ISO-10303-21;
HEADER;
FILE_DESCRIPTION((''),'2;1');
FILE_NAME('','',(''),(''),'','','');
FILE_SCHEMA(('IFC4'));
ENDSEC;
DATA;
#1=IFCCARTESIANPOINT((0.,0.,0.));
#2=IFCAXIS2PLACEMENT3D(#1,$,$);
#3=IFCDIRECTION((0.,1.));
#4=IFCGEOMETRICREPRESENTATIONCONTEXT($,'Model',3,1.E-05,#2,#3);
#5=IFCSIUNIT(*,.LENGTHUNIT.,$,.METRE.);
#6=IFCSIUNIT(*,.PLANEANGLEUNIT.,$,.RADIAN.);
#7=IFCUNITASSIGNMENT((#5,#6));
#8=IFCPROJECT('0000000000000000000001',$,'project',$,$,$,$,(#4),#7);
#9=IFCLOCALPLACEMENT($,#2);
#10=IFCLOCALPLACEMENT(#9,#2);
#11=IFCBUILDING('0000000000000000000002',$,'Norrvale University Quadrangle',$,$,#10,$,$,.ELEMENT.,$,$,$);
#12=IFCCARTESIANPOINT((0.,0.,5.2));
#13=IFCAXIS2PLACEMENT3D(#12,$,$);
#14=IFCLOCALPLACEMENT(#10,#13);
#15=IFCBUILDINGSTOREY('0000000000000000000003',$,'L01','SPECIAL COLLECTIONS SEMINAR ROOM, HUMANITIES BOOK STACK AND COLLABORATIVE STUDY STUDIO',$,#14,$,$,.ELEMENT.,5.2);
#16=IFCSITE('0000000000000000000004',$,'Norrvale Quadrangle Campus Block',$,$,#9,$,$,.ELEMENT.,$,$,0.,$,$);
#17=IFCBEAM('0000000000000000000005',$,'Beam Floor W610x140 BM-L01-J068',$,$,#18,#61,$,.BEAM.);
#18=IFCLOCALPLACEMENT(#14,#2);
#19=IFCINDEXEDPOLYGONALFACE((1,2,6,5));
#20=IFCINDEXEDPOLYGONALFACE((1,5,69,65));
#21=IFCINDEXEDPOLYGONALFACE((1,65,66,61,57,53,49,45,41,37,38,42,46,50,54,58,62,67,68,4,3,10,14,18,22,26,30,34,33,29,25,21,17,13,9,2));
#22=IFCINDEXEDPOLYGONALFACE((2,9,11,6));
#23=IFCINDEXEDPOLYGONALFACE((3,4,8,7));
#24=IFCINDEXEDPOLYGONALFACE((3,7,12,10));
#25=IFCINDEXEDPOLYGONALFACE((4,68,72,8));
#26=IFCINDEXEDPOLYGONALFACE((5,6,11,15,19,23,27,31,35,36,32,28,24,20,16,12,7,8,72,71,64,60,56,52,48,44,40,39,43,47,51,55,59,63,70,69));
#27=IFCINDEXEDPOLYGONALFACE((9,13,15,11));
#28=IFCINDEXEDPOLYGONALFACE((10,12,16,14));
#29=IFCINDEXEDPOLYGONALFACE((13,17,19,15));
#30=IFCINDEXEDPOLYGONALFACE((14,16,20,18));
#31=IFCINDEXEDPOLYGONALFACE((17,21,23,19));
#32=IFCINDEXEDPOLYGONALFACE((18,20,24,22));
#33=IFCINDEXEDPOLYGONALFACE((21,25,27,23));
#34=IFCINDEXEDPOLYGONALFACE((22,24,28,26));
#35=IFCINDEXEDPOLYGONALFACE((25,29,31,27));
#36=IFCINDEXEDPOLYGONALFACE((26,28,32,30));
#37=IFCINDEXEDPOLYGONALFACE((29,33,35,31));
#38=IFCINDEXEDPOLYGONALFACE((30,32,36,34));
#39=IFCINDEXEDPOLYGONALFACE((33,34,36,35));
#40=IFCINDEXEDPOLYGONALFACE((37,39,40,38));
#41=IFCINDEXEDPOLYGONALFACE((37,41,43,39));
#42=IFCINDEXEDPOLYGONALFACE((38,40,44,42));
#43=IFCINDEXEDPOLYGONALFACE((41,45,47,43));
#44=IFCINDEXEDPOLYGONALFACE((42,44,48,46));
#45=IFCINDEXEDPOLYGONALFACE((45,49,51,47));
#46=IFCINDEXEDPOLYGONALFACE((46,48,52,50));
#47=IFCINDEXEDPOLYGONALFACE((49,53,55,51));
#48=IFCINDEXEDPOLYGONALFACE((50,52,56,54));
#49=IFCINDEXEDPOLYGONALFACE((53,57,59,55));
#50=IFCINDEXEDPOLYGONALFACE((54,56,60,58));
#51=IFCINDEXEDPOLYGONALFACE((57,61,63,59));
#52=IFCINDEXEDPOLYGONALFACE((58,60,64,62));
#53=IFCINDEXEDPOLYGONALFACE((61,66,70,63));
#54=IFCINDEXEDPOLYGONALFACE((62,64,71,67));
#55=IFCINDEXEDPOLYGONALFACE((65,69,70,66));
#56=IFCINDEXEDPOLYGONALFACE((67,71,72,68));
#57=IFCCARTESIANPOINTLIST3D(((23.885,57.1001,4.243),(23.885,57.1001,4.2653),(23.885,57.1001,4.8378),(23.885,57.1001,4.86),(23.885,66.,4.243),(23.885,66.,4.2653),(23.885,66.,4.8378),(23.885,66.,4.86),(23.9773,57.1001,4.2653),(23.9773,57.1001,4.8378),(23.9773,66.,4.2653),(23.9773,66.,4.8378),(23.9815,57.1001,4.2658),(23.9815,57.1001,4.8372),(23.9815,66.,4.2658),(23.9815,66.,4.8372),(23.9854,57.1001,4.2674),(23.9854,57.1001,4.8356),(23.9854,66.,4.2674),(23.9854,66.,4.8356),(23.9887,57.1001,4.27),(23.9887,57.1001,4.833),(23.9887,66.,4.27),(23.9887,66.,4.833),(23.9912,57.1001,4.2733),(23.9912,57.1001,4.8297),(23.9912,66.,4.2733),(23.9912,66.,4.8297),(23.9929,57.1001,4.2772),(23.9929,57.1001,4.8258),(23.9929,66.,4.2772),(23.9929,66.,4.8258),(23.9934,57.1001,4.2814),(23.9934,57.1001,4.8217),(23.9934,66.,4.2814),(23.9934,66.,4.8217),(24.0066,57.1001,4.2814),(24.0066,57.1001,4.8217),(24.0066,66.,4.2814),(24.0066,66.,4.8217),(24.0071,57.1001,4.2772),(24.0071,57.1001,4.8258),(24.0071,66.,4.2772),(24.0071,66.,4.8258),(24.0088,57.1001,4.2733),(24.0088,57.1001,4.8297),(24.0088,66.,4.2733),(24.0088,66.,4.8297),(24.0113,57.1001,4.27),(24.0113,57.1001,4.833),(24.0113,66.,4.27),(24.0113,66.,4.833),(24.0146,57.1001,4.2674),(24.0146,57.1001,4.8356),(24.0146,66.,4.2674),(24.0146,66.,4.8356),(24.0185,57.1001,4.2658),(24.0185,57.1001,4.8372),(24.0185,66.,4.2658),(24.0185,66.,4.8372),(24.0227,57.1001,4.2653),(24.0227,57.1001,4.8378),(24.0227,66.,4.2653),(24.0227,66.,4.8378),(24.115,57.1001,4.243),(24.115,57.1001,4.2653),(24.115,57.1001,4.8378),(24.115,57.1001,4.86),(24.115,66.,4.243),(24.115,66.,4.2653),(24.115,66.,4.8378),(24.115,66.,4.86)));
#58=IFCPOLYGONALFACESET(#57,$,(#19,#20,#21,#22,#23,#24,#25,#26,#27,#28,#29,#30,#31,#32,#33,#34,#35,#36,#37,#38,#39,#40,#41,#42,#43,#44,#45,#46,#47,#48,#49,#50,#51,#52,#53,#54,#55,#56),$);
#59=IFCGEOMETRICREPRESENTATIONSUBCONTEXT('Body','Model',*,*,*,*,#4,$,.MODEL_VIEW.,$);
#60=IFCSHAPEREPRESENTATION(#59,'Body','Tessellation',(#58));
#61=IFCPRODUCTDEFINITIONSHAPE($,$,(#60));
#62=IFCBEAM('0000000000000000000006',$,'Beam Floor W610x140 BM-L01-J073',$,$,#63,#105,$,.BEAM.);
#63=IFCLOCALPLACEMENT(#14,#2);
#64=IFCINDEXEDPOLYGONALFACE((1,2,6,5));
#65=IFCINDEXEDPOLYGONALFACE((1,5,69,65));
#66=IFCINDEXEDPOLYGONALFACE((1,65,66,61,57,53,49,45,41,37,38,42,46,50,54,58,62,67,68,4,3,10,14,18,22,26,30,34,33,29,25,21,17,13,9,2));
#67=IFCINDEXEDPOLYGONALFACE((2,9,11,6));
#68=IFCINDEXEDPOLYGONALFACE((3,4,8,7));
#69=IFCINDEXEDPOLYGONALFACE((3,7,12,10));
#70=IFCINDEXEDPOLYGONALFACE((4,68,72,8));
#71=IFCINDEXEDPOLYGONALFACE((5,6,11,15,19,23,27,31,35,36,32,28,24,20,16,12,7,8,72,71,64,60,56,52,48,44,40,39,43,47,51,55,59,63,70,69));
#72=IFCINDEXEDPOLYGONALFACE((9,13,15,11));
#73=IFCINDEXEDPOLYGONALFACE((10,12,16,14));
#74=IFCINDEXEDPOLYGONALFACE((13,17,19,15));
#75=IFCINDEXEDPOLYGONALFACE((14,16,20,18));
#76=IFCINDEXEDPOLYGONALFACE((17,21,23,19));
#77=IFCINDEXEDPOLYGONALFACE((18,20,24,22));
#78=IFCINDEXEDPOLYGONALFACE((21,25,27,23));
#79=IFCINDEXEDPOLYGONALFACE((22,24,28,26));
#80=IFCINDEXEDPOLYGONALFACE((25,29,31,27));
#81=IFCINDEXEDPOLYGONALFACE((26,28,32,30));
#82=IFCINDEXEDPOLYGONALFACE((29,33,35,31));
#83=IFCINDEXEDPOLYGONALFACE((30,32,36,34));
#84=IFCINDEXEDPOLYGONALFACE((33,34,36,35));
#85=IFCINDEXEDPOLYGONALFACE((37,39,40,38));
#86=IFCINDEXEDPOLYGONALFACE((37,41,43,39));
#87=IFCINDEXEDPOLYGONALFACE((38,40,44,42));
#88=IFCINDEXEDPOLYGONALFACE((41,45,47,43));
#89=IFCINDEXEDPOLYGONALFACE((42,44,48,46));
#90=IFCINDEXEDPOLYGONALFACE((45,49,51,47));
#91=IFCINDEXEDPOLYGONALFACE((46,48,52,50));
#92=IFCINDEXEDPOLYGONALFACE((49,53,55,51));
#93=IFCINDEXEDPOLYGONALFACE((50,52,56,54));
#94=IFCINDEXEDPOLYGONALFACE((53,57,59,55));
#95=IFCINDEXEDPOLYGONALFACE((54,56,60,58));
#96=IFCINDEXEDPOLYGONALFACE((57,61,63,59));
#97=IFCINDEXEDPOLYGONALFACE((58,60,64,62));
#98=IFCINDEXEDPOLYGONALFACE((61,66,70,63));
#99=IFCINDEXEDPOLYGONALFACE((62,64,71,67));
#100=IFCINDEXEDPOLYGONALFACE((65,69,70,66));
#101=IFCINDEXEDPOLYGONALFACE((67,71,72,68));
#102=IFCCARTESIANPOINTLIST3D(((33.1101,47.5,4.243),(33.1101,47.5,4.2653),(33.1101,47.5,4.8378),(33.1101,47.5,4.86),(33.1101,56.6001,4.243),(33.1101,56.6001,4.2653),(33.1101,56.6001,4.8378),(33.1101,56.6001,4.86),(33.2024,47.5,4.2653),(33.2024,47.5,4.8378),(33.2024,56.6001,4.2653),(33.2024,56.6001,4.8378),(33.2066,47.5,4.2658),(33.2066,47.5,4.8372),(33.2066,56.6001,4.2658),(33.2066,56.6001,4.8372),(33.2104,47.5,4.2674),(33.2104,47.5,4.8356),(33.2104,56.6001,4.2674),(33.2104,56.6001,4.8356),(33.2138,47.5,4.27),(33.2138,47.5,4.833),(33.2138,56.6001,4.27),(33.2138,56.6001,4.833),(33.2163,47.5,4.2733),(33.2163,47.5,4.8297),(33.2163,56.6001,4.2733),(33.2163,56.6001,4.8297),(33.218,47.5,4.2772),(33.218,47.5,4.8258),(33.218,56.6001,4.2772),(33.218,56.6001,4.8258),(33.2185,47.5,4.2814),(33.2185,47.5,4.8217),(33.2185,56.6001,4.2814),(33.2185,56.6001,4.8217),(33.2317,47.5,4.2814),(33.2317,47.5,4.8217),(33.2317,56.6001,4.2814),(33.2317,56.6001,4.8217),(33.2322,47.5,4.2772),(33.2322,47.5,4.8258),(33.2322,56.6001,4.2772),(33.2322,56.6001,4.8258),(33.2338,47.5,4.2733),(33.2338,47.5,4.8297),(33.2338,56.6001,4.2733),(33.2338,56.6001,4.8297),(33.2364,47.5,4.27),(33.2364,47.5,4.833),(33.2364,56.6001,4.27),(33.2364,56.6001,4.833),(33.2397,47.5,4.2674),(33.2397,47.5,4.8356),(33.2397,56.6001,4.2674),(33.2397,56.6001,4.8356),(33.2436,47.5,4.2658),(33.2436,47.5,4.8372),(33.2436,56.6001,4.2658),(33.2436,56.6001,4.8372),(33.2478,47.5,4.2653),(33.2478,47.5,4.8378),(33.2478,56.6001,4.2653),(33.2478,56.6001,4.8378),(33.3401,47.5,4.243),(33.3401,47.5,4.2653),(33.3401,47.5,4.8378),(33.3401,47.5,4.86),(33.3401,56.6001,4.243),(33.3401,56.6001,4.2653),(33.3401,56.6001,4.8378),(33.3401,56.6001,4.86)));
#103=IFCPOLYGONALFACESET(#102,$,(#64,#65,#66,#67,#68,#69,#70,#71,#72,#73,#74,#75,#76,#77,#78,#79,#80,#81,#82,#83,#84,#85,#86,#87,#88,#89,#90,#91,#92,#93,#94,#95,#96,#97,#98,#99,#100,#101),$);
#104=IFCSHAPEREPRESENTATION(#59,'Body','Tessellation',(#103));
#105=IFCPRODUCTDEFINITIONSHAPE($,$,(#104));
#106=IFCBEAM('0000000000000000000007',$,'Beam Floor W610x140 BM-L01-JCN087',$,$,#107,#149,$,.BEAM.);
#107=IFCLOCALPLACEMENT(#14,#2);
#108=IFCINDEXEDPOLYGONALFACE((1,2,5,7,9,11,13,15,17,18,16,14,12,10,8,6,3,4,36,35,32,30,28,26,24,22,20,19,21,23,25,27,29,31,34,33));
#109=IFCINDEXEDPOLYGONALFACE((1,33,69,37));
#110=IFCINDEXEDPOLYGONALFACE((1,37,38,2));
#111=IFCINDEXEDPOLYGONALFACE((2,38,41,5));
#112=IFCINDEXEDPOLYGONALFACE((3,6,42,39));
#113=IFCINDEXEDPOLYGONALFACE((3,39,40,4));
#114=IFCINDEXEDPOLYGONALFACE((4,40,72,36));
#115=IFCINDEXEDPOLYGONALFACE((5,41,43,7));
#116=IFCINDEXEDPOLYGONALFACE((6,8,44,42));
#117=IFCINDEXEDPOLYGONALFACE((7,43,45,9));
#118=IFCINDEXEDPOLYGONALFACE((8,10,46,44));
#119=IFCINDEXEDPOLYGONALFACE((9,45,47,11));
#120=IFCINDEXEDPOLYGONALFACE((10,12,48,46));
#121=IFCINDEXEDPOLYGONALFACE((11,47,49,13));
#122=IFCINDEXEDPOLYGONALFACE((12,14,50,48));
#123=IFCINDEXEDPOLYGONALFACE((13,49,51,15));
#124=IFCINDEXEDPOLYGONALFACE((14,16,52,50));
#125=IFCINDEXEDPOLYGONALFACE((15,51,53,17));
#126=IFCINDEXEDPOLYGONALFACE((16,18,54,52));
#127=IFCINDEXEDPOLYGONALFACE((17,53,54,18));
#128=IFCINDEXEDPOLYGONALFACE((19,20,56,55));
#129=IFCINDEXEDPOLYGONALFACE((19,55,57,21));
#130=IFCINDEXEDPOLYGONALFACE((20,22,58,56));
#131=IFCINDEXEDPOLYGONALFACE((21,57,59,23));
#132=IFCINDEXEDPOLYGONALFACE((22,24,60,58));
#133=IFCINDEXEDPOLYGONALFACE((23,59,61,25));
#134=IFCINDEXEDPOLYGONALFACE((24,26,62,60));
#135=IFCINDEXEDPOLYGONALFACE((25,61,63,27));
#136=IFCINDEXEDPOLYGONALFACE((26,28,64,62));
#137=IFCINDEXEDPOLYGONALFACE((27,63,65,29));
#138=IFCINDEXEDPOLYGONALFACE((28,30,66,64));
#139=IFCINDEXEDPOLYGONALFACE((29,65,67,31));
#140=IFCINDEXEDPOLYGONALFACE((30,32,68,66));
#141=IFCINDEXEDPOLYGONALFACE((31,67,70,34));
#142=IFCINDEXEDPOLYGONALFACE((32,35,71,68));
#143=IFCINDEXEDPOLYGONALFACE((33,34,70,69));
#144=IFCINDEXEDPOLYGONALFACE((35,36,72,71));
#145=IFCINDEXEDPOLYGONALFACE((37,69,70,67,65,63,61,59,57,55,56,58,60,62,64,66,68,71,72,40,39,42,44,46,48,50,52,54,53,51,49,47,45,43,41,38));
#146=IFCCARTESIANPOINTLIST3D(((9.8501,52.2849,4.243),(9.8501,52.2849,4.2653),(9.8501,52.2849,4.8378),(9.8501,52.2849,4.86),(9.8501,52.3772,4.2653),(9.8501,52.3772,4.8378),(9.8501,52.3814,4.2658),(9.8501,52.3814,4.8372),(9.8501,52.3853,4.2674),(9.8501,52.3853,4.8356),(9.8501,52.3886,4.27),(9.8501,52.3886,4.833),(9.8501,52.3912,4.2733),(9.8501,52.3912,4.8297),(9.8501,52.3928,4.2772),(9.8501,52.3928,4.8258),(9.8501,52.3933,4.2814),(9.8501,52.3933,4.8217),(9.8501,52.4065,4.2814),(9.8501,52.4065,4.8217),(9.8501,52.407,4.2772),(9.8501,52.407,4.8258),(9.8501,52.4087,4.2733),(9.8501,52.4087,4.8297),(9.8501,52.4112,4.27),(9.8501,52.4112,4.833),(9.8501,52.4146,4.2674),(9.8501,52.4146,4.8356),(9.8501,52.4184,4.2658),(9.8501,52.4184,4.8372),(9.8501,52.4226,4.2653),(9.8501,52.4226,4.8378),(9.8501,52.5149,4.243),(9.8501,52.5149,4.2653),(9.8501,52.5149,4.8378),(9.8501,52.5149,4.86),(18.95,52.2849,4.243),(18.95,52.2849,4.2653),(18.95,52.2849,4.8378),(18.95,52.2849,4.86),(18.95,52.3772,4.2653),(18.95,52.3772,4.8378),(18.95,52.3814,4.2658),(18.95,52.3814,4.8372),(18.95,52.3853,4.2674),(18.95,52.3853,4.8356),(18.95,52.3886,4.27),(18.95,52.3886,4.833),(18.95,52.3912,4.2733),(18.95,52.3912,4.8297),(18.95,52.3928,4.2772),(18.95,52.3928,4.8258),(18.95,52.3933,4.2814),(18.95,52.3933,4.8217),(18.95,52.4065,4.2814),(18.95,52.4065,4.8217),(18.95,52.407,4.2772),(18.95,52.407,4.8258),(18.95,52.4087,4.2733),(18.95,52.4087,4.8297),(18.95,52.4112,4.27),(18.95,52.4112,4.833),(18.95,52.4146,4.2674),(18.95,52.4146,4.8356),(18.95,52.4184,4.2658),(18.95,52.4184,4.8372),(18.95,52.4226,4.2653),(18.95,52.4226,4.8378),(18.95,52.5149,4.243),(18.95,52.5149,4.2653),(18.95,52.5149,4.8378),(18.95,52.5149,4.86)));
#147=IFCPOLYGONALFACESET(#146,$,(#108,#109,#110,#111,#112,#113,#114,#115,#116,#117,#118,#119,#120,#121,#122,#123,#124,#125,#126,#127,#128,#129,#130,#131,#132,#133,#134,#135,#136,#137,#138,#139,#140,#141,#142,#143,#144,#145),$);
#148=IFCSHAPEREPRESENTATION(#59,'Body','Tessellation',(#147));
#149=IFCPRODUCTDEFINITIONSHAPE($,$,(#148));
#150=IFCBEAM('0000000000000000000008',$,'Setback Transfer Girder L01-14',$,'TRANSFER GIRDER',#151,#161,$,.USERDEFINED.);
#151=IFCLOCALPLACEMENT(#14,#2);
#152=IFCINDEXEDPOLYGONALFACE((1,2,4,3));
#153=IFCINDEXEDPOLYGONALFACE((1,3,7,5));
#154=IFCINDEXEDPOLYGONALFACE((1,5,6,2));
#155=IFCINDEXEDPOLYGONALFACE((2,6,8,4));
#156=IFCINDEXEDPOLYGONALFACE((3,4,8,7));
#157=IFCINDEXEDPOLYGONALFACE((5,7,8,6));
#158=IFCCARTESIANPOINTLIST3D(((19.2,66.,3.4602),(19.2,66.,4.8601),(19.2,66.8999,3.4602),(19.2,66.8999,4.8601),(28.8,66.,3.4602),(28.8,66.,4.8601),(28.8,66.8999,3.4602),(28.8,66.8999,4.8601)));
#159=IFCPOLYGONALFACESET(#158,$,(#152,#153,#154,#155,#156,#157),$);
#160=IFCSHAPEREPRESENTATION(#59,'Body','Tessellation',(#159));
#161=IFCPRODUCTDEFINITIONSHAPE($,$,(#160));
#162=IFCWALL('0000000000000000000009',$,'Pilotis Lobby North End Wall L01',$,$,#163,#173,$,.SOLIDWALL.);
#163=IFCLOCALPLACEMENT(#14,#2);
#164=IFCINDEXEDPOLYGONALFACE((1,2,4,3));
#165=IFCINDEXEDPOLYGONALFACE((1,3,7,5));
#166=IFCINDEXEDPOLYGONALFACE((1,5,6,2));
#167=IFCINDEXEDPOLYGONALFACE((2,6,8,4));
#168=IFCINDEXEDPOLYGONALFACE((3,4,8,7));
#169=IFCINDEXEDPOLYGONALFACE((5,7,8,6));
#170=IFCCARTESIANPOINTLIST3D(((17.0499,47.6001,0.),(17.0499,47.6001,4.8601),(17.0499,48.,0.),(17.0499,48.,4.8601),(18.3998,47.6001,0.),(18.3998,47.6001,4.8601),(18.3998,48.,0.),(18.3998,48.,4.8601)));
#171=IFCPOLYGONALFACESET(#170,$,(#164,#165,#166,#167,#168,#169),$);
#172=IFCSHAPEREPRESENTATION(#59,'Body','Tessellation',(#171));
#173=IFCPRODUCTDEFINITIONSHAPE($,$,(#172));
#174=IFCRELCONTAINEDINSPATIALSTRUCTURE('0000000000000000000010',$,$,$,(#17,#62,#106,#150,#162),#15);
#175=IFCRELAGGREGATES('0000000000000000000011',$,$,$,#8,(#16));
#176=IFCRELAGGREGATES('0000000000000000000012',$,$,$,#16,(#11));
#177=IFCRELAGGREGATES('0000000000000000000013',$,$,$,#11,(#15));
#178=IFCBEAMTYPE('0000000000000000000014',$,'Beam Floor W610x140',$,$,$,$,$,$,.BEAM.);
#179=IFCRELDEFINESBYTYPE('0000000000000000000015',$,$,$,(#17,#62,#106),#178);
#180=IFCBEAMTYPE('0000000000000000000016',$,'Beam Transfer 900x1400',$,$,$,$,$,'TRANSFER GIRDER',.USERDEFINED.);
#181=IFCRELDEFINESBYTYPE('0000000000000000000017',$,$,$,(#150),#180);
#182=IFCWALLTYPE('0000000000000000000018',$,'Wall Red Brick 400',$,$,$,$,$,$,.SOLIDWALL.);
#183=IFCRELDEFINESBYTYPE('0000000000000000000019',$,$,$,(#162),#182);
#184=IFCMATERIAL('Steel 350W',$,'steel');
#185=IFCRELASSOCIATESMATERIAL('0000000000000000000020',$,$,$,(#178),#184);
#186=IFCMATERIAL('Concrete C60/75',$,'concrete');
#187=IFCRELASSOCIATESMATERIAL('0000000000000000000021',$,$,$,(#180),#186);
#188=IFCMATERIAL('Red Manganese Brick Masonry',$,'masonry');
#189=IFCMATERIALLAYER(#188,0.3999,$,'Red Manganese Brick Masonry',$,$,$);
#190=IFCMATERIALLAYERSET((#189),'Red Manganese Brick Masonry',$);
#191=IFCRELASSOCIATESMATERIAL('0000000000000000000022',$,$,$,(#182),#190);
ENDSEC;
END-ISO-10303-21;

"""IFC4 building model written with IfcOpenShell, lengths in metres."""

from ifc_helpers import new_model, si_unit, direction, frame, frame_2d, origin, origin_2d, place, context, subcontext, project, spatial, rectangle, i_section, extrude, material, layer, layer_set, material_profile, profile_set, type_object, element, save


model = new_model("IFC4")

# Units and contexts
model_context = context("Model", 3, precision=1e-05, world=origin(), true_north=direction((0.0, 1.0)))
body_context = subcontext(model_context, "Body", "Model", "MODEL_VIEW")
ifc_project = project(units=[si_unit("LENGTHUNIT", "METRE"), si_unit("PLANEANGLEUNIT", "RADIAN")], contexts=[model_context])

# Site, building, storey
site_placement = place(None, origin())
site = spatial("IfcSite", under=ifc_project, at=site_placement, Name="Norrvale Quadrangle Campus Block", CompositionType="ELEMENT", RefElevation=0.0)
building_placement = place(site_placement, origin())
building = spatial("IfcBuilding", under=site, at=building_placement, Name="Norrvale University Quadrangle", CompositionType="ELEMENT")
storey_placement = place(building_placement, frame((0.0, 0.0, 5.2)))
storey = spatial("IfcBuildingStorey", under=building, at=storey_placement, Name="L01", Description="SPECIAL COLLECTIONS SEMINAR ROOM, HUMANITIES BOOK STACK AND COLLABORATIVE STUDY STUDIO", CompositionType="ELEMENT", Elevation=5.2)

# Beams
ifc_material_1 = material(Name="Concrete C60/75", Category="concrete")
ifc_material_2 = material(Name="Steel 350W", Category="steel")
ifc_material_profile_1 = material_profile(ifc_material_2, i_section(OverallWidth=0.23, OverallDepth=0.6169, WebThickness=0.0132, FlangeThickness=0.0222, FilletRadius=0.0161, at=origin_2d()), Name="Steel 350W")
ifc_profile_set_1 = profile_set([ifc_material_profile_1], Name="Steel 350W")
beam_type_1 = type_object("IfcBeamType", Name="Beam Floor W610x140", PredefinedType="BEAM", material=ifc_profile_set_1)
beam_1_placement = place(storey_placement, frame((24.0, 57.1001, 4.5515), z_axis=(0.0, 1.0, 0.0), x_axis=(-1.0, 0.0, 0.0)))
element("IfcBeam", 1, at=beam_1_placement, inside=storey, type_object=beam_type_1, Name="Beam Floor W610x140 BM-L01-J068", PredefinedType="BEAM", context=body_context, shape_type="SweptSolid", body=[
    extrude(i_section(OverallWidth=0.23, OverallDepth=0.6169, WebThickness=0.0132, FlangeThickness=0.0222, FilletRadius=0.0161, at=origin_2d()), origin(), (0.0, 0.0, 1.0), 8.8999),
])
beam_2_placement = place(storey_placement, frame((33.2251, 47.5, 4.5515), z_axis=(0.0, 1.0, 0.0), x_axis=(-1.0, 0.0, 0.0)))
element("IfcBeam", 2, at=beam_2_placement, inside=storey, type_object=beam_type_1, Name="Beam Floor W610x140 BM-L01-J073", PredefinedType="BEAM", context=body_context, shape_type="SweptSolid", body=[
    extrude(i_section(OverallWidth=0.23, OverallDepth=0.6169, WebThickness=0.0132, FlangeThickness=0.0222, FilletRadius=0.0161, at=origin_2d()), origin(), (0.0, 0.0, 1.0), 9.1001),
])
beam_3_placement = place(storey_placement, frame((9.8501, 52.3999, 4.5515), z_axis=(1.0, 0.0, 0.0), x_axis=(0.0, 1.0, 0.0)))
element("IfcBeam", 3, at=beam_3_placement, inside=storey, type_object=beam_type_1, Name="Beam Floor W610x140 BM-L01-JCN087", PredefinedType="BEAM", context=body_context, shape_type="SweptSolid", body=[
    extrude(i_section(OverallWidth=0.23, OverallDepth=0.6169, WebThickness=0.0132, FlangeThickness=0.0222, FilletRadius=0.0161, at=origin_2d()), origin(), (0.0, 0.0, 1.0), 9.0999),
])
ifc_material_profile_2 = material_profile(ifc_material_1, rectangle(XDim=0.8999, YDim=1.3999, at=origin_2d()), Name="Concrete C60/75")
ifc_profile_set_2 = profile_set([ifc_material_profile_2], Name="Concrete C60/75")
beam_type_2 = type_object("IfcBeamType", Name="Beam Transfer 900x1400", ElementType="TRANSFER GIRDER", PredefinedType="USERDEFINED", material=ifc_profile_set_2)
beam_4_placement = place(storey_placement, frame((19.2, 66.45, 4.1602), z_axis=(1.0, 0.0, 0.0), x_axis=(0.0, 1.0, 0.0)))
element("IfcBeam", 4, at=beam_4_placement, inside=storey, type_object=beam_type_2, Name="Setback Transfer Girder L01-14", ObjectType="TRANSFER GIRDER", PredefinedType="USERDEFINED", context=body_context, shape_type="SweptSolid", body=[
    extrude(rectangle(XDim=0.8999, YDim=1.3999, at=origin_2d()), origin(), (0.0, 0.0, 1.0), 9.6001),
])

# Wall
ifc_material_3 = material(Name="Red Manganese Brick Masonry", Category="masonry")
ifc_layer = layer(ifc_material_3, 0.3999, Name="Red Manganese Brick Masonry")
ifc_layer_set = layer_set([ifc_layer], Name="Red Manganese Brick Masonry")
wall_type = type_object("IfcWallType", Name="Wall Red Brick 400", PredefinedType="SOLIDWALL", material=ifc_layer_set)
wall_placement = place(storey_placement, frame((17.05, 47.8, 0.0), z_axis=(0.0, 0.0, 1.0), x_axis=(1.0, 0.0, 0.0)))
element("IfcWall", 5, at=wall_placement, inside=storey, type_object=wall_type, Name="Pilotis Lobby North End Wall L01", PredefinedType="SOLIDWALL", context=body_context, shape_type="SweptSolid", body=[
    extrude(rectangle(XDim=1.3499, YDim=0.3999, at=frame_2d((0.6748, 0.0))), origin(), (0.0, 0.0, 1.0), 4.8601),
])

save(model, "model.ifc")
